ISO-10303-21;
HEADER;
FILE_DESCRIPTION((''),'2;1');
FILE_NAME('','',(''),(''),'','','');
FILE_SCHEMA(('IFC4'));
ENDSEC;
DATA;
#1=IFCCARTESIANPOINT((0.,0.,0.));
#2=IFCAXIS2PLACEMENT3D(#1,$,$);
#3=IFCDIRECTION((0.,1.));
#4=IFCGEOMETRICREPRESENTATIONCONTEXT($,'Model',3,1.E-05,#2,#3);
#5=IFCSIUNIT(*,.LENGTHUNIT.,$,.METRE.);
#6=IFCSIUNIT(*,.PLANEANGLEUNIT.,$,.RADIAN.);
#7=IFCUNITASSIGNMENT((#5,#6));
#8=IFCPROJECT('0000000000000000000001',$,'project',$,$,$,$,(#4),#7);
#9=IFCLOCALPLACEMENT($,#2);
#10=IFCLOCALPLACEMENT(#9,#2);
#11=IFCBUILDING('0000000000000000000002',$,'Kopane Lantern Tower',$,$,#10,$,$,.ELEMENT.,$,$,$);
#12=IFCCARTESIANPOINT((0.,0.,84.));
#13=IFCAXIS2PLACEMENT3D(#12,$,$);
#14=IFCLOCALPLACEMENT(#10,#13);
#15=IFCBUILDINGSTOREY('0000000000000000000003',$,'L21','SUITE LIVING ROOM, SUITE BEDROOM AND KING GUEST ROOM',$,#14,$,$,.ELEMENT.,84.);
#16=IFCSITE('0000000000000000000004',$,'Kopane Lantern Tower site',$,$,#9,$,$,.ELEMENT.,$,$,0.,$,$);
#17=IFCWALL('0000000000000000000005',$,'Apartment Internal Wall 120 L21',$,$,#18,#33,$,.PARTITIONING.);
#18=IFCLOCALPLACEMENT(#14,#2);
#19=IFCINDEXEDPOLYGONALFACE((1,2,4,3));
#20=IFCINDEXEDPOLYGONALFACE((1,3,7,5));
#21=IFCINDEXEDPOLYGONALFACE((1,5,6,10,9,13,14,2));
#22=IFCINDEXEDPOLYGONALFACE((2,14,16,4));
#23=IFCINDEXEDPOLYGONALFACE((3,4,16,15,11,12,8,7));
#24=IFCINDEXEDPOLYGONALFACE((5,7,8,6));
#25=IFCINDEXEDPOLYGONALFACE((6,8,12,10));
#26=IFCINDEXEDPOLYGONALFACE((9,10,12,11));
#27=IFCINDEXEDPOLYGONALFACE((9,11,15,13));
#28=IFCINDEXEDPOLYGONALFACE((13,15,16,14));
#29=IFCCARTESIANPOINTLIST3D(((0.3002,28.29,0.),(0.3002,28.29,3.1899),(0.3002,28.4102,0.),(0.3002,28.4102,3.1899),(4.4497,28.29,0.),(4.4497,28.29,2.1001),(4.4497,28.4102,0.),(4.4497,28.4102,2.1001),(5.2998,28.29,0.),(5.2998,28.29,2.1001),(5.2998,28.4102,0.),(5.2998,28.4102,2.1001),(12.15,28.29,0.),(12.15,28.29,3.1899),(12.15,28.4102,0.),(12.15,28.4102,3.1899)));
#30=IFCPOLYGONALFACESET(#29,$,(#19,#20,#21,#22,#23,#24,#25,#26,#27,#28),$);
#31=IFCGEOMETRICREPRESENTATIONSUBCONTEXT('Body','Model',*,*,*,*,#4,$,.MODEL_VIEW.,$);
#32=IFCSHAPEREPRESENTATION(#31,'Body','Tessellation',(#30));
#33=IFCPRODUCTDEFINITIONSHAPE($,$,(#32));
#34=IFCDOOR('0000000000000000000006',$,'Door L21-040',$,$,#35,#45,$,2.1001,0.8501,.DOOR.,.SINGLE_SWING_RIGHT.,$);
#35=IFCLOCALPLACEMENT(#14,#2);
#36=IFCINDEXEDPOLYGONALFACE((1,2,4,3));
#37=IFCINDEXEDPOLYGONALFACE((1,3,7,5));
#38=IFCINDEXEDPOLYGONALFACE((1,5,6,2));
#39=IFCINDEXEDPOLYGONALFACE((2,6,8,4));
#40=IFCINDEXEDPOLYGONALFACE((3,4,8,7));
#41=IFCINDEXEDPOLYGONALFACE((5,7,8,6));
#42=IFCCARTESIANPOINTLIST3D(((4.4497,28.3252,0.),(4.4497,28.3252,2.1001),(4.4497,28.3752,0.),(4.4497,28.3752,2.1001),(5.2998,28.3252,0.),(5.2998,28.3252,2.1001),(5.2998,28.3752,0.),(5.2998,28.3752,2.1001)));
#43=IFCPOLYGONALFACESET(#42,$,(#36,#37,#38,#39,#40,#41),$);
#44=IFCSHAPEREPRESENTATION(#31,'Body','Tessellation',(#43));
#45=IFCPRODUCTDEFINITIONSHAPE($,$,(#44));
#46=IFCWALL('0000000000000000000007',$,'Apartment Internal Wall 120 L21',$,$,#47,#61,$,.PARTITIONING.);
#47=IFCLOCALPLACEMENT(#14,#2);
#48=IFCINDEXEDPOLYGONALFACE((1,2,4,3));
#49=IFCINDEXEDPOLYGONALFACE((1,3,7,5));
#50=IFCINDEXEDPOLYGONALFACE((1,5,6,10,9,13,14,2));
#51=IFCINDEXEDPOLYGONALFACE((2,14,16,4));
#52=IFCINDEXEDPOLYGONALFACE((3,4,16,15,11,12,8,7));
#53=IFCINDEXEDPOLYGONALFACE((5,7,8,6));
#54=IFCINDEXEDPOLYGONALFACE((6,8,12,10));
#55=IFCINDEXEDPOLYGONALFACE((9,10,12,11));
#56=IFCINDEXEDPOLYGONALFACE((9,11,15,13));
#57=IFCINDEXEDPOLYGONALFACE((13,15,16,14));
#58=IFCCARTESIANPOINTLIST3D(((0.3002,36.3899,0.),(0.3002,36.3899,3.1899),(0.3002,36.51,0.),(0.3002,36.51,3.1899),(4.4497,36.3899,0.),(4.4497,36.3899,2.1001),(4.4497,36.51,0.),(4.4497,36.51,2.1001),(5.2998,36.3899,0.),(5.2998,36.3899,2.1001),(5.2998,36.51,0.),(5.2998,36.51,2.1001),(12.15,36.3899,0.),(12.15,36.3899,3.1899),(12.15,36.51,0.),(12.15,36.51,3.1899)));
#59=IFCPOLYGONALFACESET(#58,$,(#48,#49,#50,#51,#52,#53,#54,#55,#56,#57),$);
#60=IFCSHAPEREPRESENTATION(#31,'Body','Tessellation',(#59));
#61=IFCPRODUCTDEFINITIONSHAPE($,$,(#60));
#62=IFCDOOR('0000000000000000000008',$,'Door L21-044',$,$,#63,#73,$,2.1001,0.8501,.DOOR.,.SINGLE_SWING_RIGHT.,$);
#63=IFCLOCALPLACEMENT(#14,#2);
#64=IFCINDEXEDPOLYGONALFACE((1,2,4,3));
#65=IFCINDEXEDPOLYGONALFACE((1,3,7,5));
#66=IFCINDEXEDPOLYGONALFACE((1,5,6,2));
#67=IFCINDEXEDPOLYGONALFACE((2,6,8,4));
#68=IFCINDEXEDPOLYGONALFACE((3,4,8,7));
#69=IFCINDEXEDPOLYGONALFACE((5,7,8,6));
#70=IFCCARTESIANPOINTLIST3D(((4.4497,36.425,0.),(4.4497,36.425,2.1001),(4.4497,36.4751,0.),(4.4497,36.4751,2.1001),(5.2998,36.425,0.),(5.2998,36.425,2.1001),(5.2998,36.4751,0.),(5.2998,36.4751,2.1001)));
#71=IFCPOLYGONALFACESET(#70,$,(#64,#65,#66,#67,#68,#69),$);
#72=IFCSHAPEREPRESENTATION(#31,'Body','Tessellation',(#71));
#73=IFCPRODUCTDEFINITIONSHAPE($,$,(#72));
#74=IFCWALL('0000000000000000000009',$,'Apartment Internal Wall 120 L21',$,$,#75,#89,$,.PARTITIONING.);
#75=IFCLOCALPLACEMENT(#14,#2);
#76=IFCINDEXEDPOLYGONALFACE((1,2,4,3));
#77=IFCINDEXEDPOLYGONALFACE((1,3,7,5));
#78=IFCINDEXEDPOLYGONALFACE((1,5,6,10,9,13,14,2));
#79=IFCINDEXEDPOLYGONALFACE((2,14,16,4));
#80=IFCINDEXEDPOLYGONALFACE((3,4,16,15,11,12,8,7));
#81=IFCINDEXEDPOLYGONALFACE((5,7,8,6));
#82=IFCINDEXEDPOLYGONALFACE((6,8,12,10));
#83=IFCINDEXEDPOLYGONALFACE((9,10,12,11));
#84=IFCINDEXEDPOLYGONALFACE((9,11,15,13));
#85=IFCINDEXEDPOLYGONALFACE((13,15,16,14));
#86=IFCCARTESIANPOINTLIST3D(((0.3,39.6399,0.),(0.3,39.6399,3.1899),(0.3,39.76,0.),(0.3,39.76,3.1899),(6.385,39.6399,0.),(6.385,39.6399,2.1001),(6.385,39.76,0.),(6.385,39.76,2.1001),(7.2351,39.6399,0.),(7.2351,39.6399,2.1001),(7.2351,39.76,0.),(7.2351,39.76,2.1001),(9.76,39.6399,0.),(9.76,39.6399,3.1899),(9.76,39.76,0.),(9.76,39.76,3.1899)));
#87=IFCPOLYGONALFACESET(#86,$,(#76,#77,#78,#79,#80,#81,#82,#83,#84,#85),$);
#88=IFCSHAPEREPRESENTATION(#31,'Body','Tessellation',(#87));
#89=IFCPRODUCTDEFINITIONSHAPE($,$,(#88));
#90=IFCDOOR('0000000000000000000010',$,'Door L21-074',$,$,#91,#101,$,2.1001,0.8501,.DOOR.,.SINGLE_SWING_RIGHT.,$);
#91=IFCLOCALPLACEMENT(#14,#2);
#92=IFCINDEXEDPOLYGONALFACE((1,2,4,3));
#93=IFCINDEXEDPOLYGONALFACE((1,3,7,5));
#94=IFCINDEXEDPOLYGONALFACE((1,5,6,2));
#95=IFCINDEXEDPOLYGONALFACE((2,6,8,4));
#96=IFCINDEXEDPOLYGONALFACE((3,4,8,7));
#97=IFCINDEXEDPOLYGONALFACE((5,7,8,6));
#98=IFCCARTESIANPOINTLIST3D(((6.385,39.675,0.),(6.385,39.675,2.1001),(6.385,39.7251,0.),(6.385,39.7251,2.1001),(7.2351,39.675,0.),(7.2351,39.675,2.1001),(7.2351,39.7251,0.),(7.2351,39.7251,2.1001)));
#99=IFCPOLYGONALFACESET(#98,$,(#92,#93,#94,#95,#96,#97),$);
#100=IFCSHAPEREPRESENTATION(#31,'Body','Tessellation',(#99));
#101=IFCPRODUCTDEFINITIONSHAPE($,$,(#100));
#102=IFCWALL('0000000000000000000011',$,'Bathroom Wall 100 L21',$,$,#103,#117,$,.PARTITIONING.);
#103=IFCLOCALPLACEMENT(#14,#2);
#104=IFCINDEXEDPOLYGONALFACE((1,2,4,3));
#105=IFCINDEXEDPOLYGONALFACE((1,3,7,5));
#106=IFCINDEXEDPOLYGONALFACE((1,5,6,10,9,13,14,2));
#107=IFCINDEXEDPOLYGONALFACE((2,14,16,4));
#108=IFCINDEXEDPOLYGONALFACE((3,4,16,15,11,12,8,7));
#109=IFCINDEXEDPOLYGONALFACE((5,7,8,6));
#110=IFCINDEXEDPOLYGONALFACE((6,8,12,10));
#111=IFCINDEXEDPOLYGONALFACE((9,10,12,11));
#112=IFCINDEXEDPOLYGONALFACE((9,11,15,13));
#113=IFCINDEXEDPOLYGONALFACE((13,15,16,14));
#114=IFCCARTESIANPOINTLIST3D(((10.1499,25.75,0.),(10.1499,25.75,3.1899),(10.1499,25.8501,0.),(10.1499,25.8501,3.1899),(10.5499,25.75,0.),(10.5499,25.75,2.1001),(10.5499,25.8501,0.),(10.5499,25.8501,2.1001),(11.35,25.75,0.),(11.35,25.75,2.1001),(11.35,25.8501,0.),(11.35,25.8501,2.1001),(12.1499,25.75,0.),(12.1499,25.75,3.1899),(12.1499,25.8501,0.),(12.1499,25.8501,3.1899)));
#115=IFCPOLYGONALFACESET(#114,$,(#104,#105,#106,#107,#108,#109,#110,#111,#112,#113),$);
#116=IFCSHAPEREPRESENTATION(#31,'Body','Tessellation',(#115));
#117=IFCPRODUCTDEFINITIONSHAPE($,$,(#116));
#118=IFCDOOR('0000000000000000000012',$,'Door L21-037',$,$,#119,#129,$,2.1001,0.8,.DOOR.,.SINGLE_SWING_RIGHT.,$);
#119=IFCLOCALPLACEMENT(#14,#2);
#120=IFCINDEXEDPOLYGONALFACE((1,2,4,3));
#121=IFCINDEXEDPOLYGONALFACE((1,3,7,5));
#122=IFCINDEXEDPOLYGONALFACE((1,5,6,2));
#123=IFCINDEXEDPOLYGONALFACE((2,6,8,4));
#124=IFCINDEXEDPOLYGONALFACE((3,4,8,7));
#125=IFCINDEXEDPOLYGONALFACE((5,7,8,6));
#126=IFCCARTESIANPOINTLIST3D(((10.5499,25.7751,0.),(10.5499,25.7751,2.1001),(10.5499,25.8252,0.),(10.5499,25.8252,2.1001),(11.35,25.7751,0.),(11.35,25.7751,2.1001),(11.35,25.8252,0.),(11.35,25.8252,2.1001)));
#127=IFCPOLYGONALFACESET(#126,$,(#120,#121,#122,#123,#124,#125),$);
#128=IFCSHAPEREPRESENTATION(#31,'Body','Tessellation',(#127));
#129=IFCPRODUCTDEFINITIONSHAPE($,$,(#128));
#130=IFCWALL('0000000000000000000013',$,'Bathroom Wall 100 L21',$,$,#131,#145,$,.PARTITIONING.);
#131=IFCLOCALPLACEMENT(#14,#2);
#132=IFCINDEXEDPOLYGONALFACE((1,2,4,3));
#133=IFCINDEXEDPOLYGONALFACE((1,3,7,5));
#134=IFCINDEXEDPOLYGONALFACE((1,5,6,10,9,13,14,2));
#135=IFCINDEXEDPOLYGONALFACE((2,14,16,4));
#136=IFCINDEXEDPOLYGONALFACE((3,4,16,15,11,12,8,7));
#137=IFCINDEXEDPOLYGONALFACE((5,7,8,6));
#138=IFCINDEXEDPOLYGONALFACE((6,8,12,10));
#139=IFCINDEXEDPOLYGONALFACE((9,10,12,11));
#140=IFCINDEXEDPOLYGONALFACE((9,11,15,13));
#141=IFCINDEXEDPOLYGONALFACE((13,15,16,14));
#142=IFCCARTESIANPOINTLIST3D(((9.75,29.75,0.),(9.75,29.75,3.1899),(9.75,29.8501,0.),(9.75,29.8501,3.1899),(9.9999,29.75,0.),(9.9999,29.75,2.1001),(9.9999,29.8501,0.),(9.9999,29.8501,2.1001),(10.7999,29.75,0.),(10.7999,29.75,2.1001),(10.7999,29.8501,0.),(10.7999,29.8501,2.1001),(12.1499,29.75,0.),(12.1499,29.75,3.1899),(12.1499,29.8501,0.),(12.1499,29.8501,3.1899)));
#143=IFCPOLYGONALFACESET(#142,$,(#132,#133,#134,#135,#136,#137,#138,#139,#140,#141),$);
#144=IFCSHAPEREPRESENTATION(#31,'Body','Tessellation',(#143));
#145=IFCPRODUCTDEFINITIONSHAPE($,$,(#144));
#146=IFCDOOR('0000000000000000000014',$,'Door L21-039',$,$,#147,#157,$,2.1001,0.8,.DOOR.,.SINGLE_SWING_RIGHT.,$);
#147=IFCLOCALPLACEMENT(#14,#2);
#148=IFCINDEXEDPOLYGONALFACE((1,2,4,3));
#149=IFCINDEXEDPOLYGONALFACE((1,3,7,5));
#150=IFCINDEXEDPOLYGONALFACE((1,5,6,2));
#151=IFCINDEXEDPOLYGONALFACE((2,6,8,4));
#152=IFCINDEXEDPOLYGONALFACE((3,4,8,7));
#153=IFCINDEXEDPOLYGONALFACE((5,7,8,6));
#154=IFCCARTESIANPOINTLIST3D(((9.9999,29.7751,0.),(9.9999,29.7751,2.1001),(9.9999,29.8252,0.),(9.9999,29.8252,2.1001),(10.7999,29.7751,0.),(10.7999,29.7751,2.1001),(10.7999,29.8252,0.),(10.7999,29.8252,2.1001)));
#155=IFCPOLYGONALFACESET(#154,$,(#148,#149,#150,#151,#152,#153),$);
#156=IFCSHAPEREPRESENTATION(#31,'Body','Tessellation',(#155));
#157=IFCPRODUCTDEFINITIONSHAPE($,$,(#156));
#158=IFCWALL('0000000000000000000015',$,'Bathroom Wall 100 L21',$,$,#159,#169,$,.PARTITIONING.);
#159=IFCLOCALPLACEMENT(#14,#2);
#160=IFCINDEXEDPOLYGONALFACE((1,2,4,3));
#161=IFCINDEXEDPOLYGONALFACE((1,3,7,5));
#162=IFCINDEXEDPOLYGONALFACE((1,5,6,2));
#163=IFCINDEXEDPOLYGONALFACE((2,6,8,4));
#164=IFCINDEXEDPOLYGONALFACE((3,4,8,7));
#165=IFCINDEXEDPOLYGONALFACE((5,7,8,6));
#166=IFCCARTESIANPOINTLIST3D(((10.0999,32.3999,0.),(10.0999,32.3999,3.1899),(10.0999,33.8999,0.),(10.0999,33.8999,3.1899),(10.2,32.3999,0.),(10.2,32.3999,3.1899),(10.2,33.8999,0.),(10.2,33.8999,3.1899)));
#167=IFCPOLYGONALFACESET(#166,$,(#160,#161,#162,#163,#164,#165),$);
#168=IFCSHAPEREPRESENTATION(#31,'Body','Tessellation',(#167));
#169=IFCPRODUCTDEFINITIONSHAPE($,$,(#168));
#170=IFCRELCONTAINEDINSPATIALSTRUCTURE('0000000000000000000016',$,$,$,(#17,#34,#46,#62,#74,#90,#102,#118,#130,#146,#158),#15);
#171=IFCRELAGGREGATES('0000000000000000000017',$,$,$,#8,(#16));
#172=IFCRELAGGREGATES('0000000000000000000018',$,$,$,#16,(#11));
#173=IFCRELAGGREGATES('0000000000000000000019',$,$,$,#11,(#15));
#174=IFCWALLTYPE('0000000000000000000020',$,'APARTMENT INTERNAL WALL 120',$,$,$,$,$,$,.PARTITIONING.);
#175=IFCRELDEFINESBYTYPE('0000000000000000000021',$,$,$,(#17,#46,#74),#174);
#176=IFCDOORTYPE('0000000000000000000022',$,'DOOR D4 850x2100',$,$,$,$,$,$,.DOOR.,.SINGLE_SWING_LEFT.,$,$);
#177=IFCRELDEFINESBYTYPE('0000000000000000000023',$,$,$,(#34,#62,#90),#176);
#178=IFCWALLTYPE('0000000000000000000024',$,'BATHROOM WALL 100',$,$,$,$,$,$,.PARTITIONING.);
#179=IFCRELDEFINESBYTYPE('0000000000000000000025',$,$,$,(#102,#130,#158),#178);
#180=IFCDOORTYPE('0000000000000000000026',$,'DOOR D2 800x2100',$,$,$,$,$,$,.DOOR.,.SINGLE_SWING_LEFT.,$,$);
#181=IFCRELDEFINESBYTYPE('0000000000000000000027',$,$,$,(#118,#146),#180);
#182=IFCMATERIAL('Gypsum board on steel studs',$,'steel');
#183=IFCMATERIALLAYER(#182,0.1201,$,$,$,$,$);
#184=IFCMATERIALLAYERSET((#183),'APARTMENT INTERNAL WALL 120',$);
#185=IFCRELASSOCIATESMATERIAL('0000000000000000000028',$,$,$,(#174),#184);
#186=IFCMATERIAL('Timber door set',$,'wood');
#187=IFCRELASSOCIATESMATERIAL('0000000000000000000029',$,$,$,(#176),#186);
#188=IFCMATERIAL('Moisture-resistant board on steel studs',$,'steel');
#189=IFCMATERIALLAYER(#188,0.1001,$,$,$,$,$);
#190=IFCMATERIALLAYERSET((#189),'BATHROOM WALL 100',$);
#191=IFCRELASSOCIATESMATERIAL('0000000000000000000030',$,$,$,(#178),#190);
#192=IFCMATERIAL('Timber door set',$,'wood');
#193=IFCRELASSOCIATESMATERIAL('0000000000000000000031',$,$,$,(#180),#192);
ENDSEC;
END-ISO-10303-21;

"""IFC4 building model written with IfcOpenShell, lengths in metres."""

from ifc_helpers import new_model, si_unit, direction, frame, frame_2d, origin, place, context, subcontext, project, spatial, rectangle, extrude, material, layer, layer_set, type_object, element, fill, save


model = new_model("IFC4")

# Units and contexts
model_context = context("Model", 3, precision=1e-05, world=origin(), true_north=direction((0.0, 1.0)))
body_context = subcontext(model_context, "Body", "Model", "MODEL_VIEW")
ifc_project = project(units=[si_unit("LENGTHUNIT", "METRE"), si_unit("PLANEANGLEUNIT", "RADIAN")], contexts=[model_context])

# Site, building, storey
site_placement = place(None, origin())
site = spatial("IfcSite", under=ifc_project, at=site_placement, Name="Kopane Lantern Tower site", CompositionType="ELEMENT", RefElevation=0.0)
building_placement = place(site_placement, origin())
building = spatial("IfcBuilding", under=site, at=building_placement, Name="Kopane Lantern Tower", CompositionType="ELEMENT")
storey_placement = place(building_placement, frame((0.0, 0.0, 84.0)))
storey = spatial("IfcBuildingStorey", under=building, at=storey_placement, Name="L21", Description="SUITE LIVING ROOM, SUITE BEDROOM AND KING GUEST ROOM", CompositionType="ELEMENT", Elevation=84.0)

# Walls, openings, doors
ifc_material_1 = material(Name="Gypsum board on steel studs", Category="steel")
ifc_layer_1 = layer(ifc_material_1, 0.1201)
ifc_layer_set_1 = layer_set([ifc_layer_1], Name="APARTMENT INTERNAL WALL 120")
wall_type_1 = type_object("IfcWallType", Name="APARTMENT INTERNAL WALL 120", PredefinedType="PARTITIONING", material=ifc_layer_set_1)
wall_1_placement = place(storey_placement, frame((12.1499, 28.3501, 0.0), z_axis=(0.0, 0.0, 1.0), x_axis=(-1.0, 0.0, 0.0)))
wall_1 = element("IfcWall", 1, at=wall_1_placement, inside=storey, type_object=wall_type_1, Name="Apartment Internal Wall 120 L21", PredefinedType="PARTITIONING", context=body_context, shape_type="SweptSolid", body=[
    extrude(rectangle(XDim=11.8499, YDim=0.1201, at=frame_2d((5.9248, 0.0))), origin(), (0.0, 0.0, 1.0), 3.1899),
])
opening_1_placement = place(wall_1_placement, frame((6.8501, 0.0, 0.0)))
opening_1 = element("IfcOpeningElement", 2, at=opening_1_placement, cuts=wall_1, PredefinedType="OPENING", context=body_context, shape_type="SweptSolid", body=[
    extrude(rectangle(XDim=0.8501, YDim=2.1001, at=frame_2d((0.425, 1.05))), frame((0.0, 0.0701, 0.0), z_axis=(0.0, -1.0, 0.0), x_axis=(1.0, 0.0, 0.0)), (0.0, 0.0, 1.0), 0.1401),
])
ifc_material_2 = material(Name="Timber door set", Category="wood")
door_type_1 = type_object("IfcDoorType", Name="DOOR D4 850x2100", OperationType="SINGLE_SWING_LEFT", PredefinedType="DOOR", material=ifc_material_2)
door_1_placement = place(opening_1_placement, origin())
door_1 = element("IfcDoor", 3, at=door_1_placement, inside=storey, type_object=door_type_1, Name="Door L21-040", OperationType="SINGLE_SWING_RIGHT", OverallHeight=2.1001, OverallWidth=0.8501, PredefinedType="DOOR", context=body_context, shape_type="SweptSolid", body=[
    extrude(rectangle(XDim=0.8501, YDim=2.1001, at=frame_2d((0.425, 1.05))), frame((0.0, 0.0249, 0.0), z_axis=(0.0, -1.0, 0.0), x_axis=(1.0, 0.0, 0.0)), (0.0, 0.0, 1.0), 0.05),
])
fill(opening_1, door_1)
wall_2_placement = place(storey_placement, frame((12.1499, 36.45, 0.0), z_axis=(0.0, 0.0, 1.0), x_axis=(-1.0, 0.0, 0.0)))
wall_2 = element("IfcWall", 4, at=wall_2_placement, inside=storey, type_object=wall_type_1, Name="Apartment Internal Wall 120 L21", PredefinedType="PARTITIONING", context=body_context, shape_type="SweptSolid", body=[
    extrude(rectangle(XDim=11.8499, YDim=0.1201, at=frame_2d((5.9248, 0.0))), origin(), (0.0, 0.0, 1.0), 3.1899),
])
opening_2_placement = place(wall_2_placement, frame((6.8501, 0.0, 0.0)))
opening_2 = element("IfcOpeningElement", 5, at=opening_2_placement, cuts=wall_2, PredefinedType="OPENING", context=body_context, shape_type="SweptSolid", body=[
    extrude(rectangle(XDim=0.8501, YDim=2.1001, at=frame_2d((0.425, 1.05))), frame((0.0, 0.0701, 0.0), z_axis=(0.0, -1.0, 0.0), x_axis=(1.0, 0.0, 0.0)), (0.0, 0.0, 1.0), 0.1401),
])
door_2_placement = place(opening_2_placement, origin())
door_2 = element("IfcDoor", 6, at=door_2_placement, inside=storey, type_object=door_type_1, Name="Door L21-044", OperationType="SINGLE_SWING_RIGHT", OverallHeight=2.1001, OverallWidth=0.8501, PredefinedType="DOOR", context=body_context, shape_type="SweptSolid", body=[
    extrude(rectangle(XDim=0.8501, YDim=2.1001, at=frame_2d((0.425, 1.05))), frame((0.0, 0.0249, 0.0), z_axis=(0.0, -1.0, 0.0), x_axis=(1.0, 0.0, 0.0)), (0.0, 0.0, 1.0), 0.05),
])
fill(opening_2, door_2)
wall_3_placement = place(storey_placement, frame((9.76, 39.7, 0.0), z_axis=(0.0, 0.0, 1.0), x_axis=(-1.0, 0.0, 0.0)))
wall_3 = element("IfcWall", 7, at=wall_3_placement, inside=storey, type_object=wall_type_1, Name="Apartment Internal Wall 120 L21", PredefinedType="PARTITIONING", context=body_context, shape_type="SweptSolid", body=[
    extrude(rectangle(XDim=9.46, YDim=0.1201, at=frame_2d((4.73, 0.0))), origin(), (0.0, 0.0, 1.0), 3.1899),
])
opening_3_placement = place(wall_3_placement, frame((2.5249, 0.0, 0.0)))
opening_3 = element("IfcOpeningElement", 8, at=opening_3_placement, cuts=wall_3, PredefinedType="OPENING", context=body_context, shape_type="SweptSolid", body=[
    extrude(rectangle(XDim=0.8501, YDim=2.1001, at=frame_2d((0.425, 1.05))), frame((0.0, 0.0701, 0.0), z_axis=(0.0, -1.0, 0.0), x_axis=(1.0, 0.0, 0.0)), (0.0, 0.0, 1.0), 0.1401),
])
door_3_placement = place(opening_3_placement, origin())
door_3 = element("IfcDoor", 9, at=door_3_placement, inside=storey, type_object=door_type_1, Name="Door L21-074", OperationType="SINGLE_SWING_RIGHT", OverallHeight=2.1001, OverallWidth=0.8501, PredefinedType="DOOR", context=body_context, shape_type="SweptSolid", body=[
    extrude(rectangle(XDim=0.8501, YDim=2.1001, at=frame_2d((0.425, 1.05))), frame((0.0, 0.0249, 0.0), z_axis=(0.0, -1.0, 0.0), x_axis=(1.0, 0.0, 0.0)), (0.0, 0.0, 1.0), 0.05),
])
fill(opening_3, door_3)
ifc_material_3 = material(Name="Moisture-resistant board on steel studs", Category="steel")
ifc_layer_2 = layer(ifc_material_3, 0.1001)
ifc_layer_set_2 = layer_set([ifc_layer_2], Name="BATHROOM WALL 100")
wall_type_2 = type_object("IfcWallType", Name="BATHROOM WALL 100", PredefinedType="PARTITIONING", material=ifc_layer_set_2)
wall_4_placement = place(storey_placement, frame((12.1499, 25.8, 0.0), z_axis=(0.0, 0.0, 1.0), x_axis=(-1.0, 0.0, 0.0)))
wall_4 = element("IfcWall", 10, at=wall_4_placement, inside=storey, type_object=wall_type_2, Name="Bathroom Wall 100 L21", PredefinedType="PARTITIONING", context=body_context, shape_type="SweptSolid", body=[
    extrude(rectangle(XDim=2.0, YDim=0.1001, at=frame_2d((1.0, 0.0))), origin(), (0.0, 0.0, 1.0), 3.1899),
])
opening_4_placement = place(wall_4_placement, frame((0.8, 0.0, 0.0)))
opening_4 = element("IfcOpeningElement", 11, at=opening_4_placement, cuts=wall_4, PredefinedType="OPENING", context=body_context, shape_type="SweptSolid", body=[
    extrude(rectangle(XDim=0.8, YDim=2.1001, at=frame_2d((0.3999, 1.05))), frame((0.0, 0.0601, 0.0), z_axis=(0.0, -1.0, 0.0), x_axis=(1.0, 0.0, 0.0)), (0.0, 0.0, 1.0), 0.1201),
])
ifc_material_4 = material(Name="Timber door set", Category="wood")
door_type_2 = type_object("IfcDoorType", Name="DOOR D2 800x2100", OperationType="SINGLE_SWING_LEFT", PredefinedType="DOOR", material=ifc_material_4)
door_4_placement = place(opening_4_placement, origin())
door_4 = element("IfcDoor", 12, at=door_4_placement, inside=storey, type_object=door_type_2, Name="Door L21-037", OperationType="SINGLE_SWING_RIGHT", OverallHeight=2.1001, OverallWidth=0.8, PredefinedType="DOOR", context=body_context, shape_type="SweptSolid", body=[
    extrude(rectangle(XDim=0.8, YDim=2.1001, at=frame_2d((0.3999, 1.05))), frame((0.0, 0.0249, 0.0), z_axis=(0.0, -1.0, 0.0), x_axis=(1.0, 0.0, 0.0)), (0.0, 0.0, 1.0), 0.05),
])
fill(opening_4, door_4)
wall_5_placement = place(storey_placement, frame((12.1499, 29.8, 0.0), z_axis=(0.0, 0.0, 1.0), x_axis=(-1.0, 0.0, 0.0)))
wall_5 = element("IfcWall", 13, at=wall_5_placement, inside=storey, type_object=wall_type_2, Name="Bathroom Wall 100 L21", PredefinedType="PARTITIONING", context=body_context, shape_type="SweptSolid", body=[
    extrude(rectangle(XDim=2.3999, YDim=0.1001, at=frame_2d((1.2, 0.0))), origin(), (0.0, 0.0, 1.0), 3.1899),
])
opening_5_placement = place(wall_5_placement, frame((1.3501, 0.0, 0.0)))
opening_5 = element("IfcOpeningElement", 14, at=opening_5_placement, cuts=wall_5, PredefinedType="OPENING", context=body_context, shape_type="SweptSolid", body=[
    extrude(rectangle(XDim=0.8, YDim=2.1001, at=frame_2d((0.3999, 1.05))), frame((0.0, 0.0601, 0.0), z_axis=(0.0, -1.0, 0.0), x_axis=(1.0, 0.0, 0.0)), (0.0, 0.0, 1.0), 0.1201),
])
door_5_placement = place(opening_5_placement, origin())
door_5 = element("IfcDoor", 15, at=door_5_placement, inside=storey, type_object=door_type_2, Name="Door L21-039", OperationType="SINGLE_SWING_RIGHT", OverallHeight=2.1001, OverallWidth=0.8, PredefinedType="DOOR", context=body_context, shape_type="SweptSolid", body=[
    extrude(rectangle(XDim=0.8, YDim=2.1001, at=frame_2d((0.3999, 1.05))), frame((0.0, 0.0249, 0.0), z_axis=(0.0, -1.0, 0.0), x_axis=(1.0, 0.0, 0.0)), (0.0, 0.0, 1.0), 0.05),
])
fill(opening_5, door_5)

# Wall
wall_6_placement = place(storey_placement, frame((10.1499, 32.3999, 0.0), z_axis=(0.0, 0.0, 1.0), x_axis=(0.0, 1.0, 0.0)))
element("IfcWall", 16, at=wall_6_placement, inside=storey, type_object=wall_type_2, Name="Bathroom Wall 100 L21", PredefinedType="PARTITIONING", context=body_context, shape_type="SweptSolid", body=[
    extrude(rectangle(XDim=1.5, YDim=0.1001, at=frame_2d((0.75, 0.0))), origin(), (0.0, 0.0, 1.0), 3.1899),
])

save(model, "model.ifc")
